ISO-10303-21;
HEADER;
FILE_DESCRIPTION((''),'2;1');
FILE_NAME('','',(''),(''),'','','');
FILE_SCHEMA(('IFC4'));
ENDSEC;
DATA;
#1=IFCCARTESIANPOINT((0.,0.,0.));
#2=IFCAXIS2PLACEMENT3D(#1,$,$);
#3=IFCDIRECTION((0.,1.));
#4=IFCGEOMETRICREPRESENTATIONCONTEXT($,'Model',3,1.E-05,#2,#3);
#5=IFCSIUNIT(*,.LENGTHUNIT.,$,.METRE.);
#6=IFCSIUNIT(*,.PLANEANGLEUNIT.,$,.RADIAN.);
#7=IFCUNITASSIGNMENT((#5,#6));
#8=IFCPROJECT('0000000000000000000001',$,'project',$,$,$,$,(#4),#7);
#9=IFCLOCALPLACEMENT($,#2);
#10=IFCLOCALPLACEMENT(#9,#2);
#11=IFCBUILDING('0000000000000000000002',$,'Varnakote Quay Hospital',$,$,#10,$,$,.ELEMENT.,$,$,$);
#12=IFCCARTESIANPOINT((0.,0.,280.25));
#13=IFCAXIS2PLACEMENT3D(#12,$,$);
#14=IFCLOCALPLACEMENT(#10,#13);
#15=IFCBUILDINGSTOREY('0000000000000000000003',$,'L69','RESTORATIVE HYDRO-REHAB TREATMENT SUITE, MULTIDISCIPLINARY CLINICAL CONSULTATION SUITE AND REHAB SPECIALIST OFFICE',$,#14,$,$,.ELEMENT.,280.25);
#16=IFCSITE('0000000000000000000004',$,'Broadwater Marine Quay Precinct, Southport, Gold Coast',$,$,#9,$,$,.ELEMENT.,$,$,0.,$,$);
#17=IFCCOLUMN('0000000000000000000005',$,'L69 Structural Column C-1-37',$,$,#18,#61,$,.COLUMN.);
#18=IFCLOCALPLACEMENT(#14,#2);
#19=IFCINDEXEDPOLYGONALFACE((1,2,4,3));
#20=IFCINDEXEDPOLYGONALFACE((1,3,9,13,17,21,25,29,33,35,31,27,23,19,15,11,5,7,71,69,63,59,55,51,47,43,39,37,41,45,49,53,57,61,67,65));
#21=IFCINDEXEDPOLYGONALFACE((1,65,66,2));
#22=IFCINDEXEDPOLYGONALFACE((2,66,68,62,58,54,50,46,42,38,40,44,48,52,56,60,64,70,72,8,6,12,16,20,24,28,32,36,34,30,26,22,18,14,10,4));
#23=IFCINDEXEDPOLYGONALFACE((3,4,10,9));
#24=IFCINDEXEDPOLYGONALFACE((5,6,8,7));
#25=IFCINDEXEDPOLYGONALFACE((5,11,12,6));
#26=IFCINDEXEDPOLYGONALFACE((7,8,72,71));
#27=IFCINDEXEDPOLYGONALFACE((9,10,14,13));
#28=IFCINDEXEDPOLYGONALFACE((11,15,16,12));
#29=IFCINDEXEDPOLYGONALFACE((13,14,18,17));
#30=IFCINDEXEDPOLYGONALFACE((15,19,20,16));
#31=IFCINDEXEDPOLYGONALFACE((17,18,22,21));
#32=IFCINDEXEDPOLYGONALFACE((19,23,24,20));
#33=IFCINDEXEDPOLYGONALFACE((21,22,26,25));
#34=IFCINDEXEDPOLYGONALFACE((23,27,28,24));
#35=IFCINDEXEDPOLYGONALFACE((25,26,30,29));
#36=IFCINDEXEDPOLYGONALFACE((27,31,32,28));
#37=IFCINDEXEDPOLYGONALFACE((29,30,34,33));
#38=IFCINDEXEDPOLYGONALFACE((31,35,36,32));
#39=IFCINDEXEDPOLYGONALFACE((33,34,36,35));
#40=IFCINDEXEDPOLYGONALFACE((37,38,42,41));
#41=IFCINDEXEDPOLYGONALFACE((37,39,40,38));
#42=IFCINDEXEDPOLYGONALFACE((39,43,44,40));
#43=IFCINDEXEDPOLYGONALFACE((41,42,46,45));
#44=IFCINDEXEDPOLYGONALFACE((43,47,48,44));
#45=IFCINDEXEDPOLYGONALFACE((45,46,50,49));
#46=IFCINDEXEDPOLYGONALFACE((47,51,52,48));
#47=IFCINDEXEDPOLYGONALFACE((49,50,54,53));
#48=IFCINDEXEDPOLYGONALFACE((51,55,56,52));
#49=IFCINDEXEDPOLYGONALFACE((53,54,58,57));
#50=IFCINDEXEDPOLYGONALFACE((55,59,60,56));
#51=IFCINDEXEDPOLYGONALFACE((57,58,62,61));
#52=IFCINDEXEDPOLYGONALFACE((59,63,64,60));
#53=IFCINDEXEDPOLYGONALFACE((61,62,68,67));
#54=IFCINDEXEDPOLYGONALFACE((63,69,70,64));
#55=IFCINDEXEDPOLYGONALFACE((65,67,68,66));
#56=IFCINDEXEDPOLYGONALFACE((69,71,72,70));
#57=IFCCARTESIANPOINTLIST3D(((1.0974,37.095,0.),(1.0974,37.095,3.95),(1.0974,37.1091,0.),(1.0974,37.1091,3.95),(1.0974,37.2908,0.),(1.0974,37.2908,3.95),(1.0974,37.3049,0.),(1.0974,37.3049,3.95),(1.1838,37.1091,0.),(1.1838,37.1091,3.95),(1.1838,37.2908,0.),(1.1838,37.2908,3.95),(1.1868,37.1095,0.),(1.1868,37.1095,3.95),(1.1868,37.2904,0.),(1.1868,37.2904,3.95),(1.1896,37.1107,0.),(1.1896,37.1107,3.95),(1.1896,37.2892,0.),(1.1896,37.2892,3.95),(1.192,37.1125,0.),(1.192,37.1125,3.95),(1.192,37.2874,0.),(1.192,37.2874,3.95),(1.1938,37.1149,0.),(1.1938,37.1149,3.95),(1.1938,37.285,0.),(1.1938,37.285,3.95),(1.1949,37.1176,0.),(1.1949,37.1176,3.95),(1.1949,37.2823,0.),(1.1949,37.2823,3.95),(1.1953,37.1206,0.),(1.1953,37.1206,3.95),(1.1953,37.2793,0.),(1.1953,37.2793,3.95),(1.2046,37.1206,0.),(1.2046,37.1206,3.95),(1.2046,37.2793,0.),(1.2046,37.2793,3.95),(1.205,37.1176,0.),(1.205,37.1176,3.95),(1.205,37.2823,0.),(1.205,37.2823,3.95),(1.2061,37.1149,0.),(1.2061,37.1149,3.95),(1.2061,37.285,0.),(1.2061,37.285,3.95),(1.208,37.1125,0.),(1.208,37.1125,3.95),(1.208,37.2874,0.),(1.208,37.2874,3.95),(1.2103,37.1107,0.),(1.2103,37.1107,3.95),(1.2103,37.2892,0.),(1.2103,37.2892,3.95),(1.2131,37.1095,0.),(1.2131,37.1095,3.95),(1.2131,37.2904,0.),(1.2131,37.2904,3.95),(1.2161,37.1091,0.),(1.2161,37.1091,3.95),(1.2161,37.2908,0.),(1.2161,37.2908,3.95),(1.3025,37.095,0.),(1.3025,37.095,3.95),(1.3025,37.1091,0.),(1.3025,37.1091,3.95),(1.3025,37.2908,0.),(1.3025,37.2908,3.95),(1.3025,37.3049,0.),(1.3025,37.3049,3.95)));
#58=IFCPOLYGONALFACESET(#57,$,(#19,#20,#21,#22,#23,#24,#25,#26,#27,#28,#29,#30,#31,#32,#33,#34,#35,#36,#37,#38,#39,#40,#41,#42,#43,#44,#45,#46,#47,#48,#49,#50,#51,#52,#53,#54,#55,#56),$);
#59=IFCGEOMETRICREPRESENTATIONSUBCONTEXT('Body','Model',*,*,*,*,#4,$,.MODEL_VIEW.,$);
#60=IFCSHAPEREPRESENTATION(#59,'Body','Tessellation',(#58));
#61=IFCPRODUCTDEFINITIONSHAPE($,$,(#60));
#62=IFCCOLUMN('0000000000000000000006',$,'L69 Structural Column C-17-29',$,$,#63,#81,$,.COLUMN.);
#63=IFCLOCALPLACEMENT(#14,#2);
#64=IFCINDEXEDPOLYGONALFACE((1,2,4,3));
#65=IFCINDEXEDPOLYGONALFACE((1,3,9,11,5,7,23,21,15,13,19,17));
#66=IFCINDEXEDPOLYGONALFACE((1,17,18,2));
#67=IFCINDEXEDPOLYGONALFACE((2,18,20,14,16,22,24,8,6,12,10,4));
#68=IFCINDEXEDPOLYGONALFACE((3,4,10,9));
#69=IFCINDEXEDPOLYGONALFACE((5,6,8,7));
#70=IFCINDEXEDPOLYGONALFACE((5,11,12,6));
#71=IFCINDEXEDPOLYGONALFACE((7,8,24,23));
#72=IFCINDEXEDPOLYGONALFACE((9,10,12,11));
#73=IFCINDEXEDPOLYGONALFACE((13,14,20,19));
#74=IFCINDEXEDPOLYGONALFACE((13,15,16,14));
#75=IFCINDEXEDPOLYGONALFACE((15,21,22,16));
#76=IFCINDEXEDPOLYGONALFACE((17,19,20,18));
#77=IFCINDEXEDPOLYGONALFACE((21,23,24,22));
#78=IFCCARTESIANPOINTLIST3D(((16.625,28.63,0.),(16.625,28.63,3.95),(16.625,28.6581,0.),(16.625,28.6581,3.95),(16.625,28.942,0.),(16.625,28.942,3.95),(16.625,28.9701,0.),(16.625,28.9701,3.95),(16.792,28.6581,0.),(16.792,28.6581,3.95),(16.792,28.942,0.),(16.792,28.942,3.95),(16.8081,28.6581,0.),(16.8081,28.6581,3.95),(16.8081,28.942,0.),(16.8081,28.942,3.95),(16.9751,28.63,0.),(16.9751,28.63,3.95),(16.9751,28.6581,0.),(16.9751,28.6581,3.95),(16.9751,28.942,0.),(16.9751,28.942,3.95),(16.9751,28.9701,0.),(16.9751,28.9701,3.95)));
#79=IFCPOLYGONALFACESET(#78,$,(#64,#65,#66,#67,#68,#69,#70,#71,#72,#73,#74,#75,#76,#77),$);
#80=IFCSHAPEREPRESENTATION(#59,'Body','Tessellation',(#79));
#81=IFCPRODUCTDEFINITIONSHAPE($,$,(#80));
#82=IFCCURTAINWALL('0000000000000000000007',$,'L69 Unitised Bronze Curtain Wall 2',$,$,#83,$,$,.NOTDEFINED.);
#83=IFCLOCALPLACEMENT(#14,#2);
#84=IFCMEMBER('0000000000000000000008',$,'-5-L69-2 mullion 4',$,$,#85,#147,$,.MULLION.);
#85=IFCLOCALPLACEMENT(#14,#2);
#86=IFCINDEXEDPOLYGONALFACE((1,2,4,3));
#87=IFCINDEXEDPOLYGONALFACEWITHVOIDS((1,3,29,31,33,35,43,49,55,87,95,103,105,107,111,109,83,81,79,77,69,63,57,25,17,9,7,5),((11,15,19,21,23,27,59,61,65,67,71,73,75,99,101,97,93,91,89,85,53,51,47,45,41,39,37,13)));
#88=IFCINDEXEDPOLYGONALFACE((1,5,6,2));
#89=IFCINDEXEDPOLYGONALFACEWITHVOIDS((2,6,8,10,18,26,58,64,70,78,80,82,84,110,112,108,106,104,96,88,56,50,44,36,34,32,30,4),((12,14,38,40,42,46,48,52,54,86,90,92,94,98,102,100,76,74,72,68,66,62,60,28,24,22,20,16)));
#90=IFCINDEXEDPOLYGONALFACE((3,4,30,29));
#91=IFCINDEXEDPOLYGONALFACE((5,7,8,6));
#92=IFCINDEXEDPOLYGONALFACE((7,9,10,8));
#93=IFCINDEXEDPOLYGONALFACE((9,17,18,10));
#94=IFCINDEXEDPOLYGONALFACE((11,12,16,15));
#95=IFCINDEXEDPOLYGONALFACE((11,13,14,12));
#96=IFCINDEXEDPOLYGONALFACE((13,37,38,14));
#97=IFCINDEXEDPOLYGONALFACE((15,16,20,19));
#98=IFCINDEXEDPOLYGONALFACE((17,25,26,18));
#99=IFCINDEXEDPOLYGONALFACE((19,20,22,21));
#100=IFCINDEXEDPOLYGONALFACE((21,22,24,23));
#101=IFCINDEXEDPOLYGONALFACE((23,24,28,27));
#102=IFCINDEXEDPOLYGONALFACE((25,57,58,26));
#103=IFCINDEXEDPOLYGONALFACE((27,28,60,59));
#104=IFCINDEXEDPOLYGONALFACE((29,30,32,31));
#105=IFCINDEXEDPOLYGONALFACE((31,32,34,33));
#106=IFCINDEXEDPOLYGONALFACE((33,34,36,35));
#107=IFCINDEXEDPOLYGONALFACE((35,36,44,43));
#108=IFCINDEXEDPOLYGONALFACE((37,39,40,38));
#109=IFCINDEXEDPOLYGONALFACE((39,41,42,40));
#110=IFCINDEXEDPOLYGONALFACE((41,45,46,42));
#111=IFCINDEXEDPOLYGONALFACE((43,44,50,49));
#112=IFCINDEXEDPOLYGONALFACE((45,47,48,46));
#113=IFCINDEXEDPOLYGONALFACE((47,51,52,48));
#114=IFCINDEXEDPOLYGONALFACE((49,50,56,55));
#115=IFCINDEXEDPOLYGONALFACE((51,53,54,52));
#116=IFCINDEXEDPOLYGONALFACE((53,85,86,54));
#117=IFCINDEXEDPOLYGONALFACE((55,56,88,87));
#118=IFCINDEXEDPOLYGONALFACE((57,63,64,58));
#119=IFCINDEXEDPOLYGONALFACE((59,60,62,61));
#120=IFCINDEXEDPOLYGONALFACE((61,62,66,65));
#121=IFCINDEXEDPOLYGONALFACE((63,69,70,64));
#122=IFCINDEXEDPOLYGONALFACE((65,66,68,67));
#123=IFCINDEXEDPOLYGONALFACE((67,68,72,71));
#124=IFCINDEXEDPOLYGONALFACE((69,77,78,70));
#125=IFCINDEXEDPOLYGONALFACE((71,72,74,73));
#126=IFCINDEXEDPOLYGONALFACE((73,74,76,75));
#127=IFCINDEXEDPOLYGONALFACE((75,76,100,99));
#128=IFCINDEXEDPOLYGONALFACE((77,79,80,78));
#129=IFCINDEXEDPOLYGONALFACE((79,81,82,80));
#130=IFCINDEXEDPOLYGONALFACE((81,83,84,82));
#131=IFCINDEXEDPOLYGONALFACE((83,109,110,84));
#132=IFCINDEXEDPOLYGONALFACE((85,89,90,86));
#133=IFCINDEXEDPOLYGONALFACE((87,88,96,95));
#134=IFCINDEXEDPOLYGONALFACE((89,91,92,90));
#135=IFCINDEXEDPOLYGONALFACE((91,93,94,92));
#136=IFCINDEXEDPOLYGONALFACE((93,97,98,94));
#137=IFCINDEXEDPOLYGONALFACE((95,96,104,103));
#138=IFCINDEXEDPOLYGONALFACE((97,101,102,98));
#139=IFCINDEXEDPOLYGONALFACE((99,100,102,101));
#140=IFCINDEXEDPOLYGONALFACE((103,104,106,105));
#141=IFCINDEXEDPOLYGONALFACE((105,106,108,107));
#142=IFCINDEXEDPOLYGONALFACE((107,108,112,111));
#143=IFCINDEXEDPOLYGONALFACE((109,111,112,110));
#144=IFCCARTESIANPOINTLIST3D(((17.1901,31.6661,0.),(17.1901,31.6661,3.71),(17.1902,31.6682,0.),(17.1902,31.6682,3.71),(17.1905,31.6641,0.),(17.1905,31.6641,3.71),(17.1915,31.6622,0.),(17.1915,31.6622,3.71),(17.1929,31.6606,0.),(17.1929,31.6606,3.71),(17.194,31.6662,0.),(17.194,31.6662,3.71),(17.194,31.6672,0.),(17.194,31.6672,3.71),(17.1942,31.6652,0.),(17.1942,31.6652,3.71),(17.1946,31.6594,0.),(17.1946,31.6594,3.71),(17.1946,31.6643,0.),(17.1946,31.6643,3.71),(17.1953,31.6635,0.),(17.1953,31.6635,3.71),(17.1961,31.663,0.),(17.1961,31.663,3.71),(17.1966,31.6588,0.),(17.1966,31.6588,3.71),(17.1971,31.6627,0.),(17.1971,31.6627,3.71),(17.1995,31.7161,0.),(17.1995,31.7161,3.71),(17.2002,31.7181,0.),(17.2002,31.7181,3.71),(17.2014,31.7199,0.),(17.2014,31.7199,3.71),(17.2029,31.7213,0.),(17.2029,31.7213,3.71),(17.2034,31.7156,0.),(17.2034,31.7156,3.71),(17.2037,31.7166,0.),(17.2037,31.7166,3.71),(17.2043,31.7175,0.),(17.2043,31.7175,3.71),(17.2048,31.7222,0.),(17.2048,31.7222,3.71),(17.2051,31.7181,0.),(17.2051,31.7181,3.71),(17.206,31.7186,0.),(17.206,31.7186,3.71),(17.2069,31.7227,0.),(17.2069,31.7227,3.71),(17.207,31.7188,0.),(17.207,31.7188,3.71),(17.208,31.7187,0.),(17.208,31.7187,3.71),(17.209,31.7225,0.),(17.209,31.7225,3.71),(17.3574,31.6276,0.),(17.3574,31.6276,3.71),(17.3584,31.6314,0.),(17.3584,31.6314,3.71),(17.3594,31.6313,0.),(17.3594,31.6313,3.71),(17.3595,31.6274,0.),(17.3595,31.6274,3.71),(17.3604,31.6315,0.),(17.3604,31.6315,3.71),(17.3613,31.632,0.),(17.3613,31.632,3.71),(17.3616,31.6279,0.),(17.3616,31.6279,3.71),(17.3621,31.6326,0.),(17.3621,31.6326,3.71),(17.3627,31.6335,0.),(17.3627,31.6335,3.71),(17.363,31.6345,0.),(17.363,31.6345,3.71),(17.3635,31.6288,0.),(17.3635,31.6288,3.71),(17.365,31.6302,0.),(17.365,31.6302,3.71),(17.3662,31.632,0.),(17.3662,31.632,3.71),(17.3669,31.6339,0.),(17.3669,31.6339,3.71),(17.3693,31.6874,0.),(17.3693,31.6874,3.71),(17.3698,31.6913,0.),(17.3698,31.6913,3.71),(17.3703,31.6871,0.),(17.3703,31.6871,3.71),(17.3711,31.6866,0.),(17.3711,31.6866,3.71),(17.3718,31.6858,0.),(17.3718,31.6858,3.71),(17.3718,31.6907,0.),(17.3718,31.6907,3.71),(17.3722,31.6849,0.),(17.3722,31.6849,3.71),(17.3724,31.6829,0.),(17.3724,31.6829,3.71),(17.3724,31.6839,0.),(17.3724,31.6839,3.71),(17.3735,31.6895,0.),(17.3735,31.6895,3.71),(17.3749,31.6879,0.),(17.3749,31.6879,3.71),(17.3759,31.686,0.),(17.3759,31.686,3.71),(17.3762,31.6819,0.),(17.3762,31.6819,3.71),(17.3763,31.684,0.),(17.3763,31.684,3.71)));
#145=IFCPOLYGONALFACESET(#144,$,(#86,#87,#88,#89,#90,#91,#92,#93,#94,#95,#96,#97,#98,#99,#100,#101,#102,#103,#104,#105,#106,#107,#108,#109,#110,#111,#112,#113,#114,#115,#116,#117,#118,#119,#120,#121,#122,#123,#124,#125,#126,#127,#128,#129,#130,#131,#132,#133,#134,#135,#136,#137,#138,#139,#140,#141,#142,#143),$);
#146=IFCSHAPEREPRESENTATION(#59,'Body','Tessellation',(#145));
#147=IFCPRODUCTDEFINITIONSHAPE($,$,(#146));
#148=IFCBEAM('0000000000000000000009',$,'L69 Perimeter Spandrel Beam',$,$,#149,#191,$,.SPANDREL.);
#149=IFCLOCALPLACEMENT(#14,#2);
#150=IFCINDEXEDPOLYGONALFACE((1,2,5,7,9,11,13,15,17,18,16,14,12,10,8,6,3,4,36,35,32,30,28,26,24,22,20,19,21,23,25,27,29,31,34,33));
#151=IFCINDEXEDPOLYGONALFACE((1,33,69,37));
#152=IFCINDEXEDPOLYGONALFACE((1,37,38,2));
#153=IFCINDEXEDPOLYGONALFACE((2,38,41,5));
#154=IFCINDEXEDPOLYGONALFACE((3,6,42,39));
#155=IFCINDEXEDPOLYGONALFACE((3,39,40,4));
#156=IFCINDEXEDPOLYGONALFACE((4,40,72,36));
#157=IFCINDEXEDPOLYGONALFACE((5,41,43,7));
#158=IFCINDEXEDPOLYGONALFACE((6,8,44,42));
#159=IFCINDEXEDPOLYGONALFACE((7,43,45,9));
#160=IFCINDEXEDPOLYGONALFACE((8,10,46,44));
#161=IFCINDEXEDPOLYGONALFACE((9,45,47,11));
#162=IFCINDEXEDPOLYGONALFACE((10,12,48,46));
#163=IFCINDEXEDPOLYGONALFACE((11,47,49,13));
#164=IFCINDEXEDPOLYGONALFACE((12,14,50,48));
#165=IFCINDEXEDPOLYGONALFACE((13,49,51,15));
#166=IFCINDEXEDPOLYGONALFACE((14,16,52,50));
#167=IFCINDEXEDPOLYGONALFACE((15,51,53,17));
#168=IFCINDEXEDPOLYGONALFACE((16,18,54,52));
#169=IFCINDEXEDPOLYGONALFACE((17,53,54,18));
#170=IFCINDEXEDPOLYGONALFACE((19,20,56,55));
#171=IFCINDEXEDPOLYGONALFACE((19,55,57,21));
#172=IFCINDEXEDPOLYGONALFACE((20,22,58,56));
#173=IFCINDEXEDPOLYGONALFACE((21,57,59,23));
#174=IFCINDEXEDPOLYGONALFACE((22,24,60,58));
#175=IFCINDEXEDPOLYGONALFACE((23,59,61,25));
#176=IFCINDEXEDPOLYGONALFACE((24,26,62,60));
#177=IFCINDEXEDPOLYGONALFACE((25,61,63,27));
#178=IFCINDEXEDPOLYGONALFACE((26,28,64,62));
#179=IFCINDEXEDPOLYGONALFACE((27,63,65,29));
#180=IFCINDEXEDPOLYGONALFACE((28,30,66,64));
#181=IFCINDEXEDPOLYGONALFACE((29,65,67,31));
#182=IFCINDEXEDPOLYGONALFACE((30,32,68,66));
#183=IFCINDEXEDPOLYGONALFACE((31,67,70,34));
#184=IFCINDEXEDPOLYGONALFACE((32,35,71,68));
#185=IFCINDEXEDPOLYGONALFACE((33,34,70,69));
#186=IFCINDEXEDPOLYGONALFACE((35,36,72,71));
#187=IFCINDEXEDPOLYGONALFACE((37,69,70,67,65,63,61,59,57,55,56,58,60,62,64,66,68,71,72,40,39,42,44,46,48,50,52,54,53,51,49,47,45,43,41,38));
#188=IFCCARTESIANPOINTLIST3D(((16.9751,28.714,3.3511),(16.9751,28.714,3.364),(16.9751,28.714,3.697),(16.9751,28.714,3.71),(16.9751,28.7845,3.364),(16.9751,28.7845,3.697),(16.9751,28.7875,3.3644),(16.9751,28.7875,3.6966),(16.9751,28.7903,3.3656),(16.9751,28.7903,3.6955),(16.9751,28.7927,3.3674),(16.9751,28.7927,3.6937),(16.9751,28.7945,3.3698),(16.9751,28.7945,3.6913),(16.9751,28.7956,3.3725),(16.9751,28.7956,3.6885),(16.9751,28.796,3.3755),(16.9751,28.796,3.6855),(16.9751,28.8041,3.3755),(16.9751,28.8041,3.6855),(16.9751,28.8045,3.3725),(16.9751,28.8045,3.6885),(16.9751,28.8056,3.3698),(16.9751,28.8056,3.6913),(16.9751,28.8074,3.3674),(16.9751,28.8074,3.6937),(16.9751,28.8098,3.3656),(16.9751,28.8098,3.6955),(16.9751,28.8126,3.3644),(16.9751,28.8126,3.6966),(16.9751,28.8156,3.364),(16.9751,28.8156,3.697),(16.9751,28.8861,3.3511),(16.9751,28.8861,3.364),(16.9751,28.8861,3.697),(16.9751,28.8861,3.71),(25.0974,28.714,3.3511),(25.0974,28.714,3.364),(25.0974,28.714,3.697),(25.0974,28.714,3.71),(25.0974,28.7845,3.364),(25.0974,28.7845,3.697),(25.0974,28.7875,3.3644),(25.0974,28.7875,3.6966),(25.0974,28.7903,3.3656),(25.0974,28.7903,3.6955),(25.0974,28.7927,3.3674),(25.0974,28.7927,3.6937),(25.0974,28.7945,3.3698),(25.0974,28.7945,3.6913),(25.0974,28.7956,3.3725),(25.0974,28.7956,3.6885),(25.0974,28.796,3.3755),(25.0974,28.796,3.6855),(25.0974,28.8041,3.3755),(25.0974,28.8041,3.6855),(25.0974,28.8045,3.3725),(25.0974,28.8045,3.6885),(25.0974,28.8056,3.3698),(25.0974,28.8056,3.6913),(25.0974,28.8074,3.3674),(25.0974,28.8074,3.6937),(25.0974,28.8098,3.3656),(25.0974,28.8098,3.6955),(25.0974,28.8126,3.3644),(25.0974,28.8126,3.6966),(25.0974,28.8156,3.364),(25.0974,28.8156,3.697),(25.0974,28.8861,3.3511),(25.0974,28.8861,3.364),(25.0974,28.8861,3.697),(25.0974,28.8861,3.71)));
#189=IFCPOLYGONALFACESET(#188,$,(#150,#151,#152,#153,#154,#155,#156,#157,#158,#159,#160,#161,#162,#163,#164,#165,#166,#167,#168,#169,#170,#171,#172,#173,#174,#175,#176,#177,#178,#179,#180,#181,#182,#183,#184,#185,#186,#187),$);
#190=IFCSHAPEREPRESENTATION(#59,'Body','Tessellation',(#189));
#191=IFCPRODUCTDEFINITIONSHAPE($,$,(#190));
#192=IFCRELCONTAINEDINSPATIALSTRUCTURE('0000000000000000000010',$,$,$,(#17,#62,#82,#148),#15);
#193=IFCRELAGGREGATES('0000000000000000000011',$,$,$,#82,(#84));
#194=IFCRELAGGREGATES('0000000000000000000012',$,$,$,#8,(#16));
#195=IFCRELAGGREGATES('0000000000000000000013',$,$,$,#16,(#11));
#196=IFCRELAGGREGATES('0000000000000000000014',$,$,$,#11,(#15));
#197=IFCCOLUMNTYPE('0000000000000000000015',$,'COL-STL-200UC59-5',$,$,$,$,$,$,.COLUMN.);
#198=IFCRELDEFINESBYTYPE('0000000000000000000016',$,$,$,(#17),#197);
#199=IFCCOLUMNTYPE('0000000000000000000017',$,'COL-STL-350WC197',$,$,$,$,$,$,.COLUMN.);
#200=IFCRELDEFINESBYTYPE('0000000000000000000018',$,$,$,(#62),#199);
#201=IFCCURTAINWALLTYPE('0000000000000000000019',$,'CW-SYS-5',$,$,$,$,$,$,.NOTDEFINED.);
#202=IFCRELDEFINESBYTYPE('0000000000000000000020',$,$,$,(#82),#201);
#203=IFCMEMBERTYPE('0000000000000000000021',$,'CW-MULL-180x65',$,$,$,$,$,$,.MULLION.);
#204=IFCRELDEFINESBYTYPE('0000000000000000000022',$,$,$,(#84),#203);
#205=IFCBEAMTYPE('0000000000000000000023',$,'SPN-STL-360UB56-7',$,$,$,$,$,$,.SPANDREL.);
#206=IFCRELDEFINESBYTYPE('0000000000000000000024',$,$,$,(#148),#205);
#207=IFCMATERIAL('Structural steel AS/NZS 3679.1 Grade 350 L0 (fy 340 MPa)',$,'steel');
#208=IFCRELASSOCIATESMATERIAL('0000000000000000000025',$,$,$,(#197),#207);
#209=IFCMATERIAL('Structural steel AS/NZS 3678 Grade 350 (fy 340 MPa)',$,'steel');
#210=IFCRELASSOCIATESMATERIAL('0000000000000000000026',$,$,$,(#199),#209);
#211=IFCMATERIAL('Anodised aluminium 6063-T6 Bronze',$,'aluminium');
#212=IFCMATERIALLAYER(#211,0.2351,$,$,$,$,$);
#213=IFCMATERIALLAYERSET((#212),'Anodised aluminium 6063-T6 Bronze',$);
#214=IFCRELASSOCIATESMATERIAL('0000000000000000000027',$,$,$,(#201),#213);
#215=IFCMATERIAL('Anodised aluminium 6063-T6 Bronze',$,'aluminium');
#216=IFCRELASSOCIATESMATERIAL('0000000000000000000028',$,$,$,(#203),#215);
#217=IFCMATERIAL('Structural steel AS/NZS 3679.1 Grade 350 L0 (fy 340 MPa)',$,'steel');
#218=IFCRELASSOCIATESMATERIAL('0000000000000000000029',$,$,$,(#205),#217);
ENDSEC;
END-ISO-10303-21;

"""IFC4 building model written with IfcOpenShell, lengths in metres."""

from ifc_helpers import new_model, si_unit, direction, frame, origin, origin_2d, place, context, subcontext, project, spatial, hollow_rectangle, i_section, extrude, material, layer, layer_set, material_profile, profile_set, type_object, element, aggregate, save


model = new_model("IFC4")

# Units and contexts
model_context = context("Model", 3, precision=1e-05, world=origin(), true_north=direction((0.0, 1.0)))
body_context = subcontext(model_context, "Body", "Model", "MODEL_VIEW")
ifc_project = project(units=[si_unit("LENGTHUNIT", "METRE"), si_unit("PLANEANGLEUNIT", "RADIAN")], contexts=[model_context])

# Site, building, storey
site_placement = place(None, origin())
site = spatial("IfcSite", under=ifc_project, at=site_placement, Name="Broadwater Marine Quay Precinct, Southport, Gold Coast", CompositionType="ELEMENT", RefElevation=0.0)
building_placement = place(site_placement, origin())
building = spatial("IfcBuilding", under=site, at=building_placement, Name="Varnakote Quay Hospital", CompositionType="ELEMENT")
storey_placement = place(building_placement, frame((0.0, 0.0, 280.25)))
storey = spatial("IfcBuildingStorey", under=building, at=storey_placement, Name="L69", Description="RESTORATIVE HYDRO-REHAB TREATMENT SUITE, MULTIDISCIPLINARY CLINICAL CONSULTATION SUITE AND REHAB SPECIALIST OFFICE", CompositionType="ELEMENT", Elevation=280.25)

# Columns
ifc_material_1 = material(Name="Structural steel AS/NZS 3679.1 Grade 350 L0 (fy 340 MPa)", Category="steel")
ifc_material_profile_1 = material_profile(ifc_material_1, i_section(OverallWidth=0.2051, OverallDepth=0.21, WebThickness=0.0093, FlangeThickness=0.0142, FilletRadius=0.0115, at=origin_2d()), Name="200UC59.5")
ifc_profile_set_1 = profile_set([ifc_material_profile_1], Name="Structural steel AS/NZS 3679.1 Grade 350 L0 (fy 340 MPa)")
column_type_1 = type_object("IfcColumnType", Name="COL-STL-200UC59-5", PredefinedType="COLUMN", material=ifc_profile_set_1)
column_1_placement = place(storey_placement, frame((1.2, 37.2, 0.0), z_axis=(0.0, 0.0, 1.0), x_axis=(1.0, 0.0, 0.0)))
element("IfcColumn", 1, at=column_1_placement, inside=storey, type_object=column_type_1, Name="L69 Structural Column C-1-37", PredefinedType="COLUMN", context=body_context, shape_type="SweptSolid", body=[
    extrude(i_section(OverallWidth=0.2051, OverallDepth=0.21, WebThickness=0.0093, FlangeThickness=0.0142, FilletRadius=0.0115, at=origin_2d()), origin(), (0.0, 0.0, 1.0), 3.95),
])
ifc_material_2 = material(Name="Structural steel AS/NZS 3678 Grade 350 (fy 340 MPa)", Category="steel")
ifc_material_profile_2 = material_profile(ifc_material_2, i_section(OverallWidth=0.3501, OverallDepth=0.3401, WebThickness=0.0161, FlangeThickness=0.0281, at=origin_2d()), Name="350WC197")
ifc_profile_set_2 = profile_set([ifc_material_profile_2], Name="Structural steel AS/NZS 3678 Grade 350 (fy 340 MPa)")
column_type_2 = type_object("IfcColumnType", Name="COL-STL-350WC197", PredefinedType="COLUMN", material=ifc_profile_set_2)
column_2_placement = place(storey_placement, frame((16.8, 28.8, 0.0), z_axis=(0.0, 0.0, 1.0), x_axis=(1.0, 0.0, 0.0)))
element("IfcColumn", 2, at=column_2_placement, inside=storey, type_object=column_type_2, Name="L69 Structural Column C-17-29", PredefinedType="COLUMN", context=body_context, shape_type="SweptSolid", body=[
    extrude(i_section(OverallWidth=0.3501, OverallDepth=0.3401, WebThickness=0.0161, FlangeThickness=0.0281, at=origin_2d()), origin(), (0.0, 0.0, 1.0), 3.95),
])

# Curtain wall, member
ifc_material_3 = material(Name="Anodised aluminium 6063-T6 Bronze", Category="aluminium")
ifc_layer_1 = layer(ifc_material_3, 0.2351)
ifc_layer_set_1 = layer_set([ifc_layer_1], Name="Anodised aluminium 6063-T6 Bronze")
curtain_wall_type = type_object("IfcCurtainWallType", Name="CW-SYS-5", PredefinedType="NOTDEFINED", material=ifc_layer_set_1)
curtain_wall_placement = place(storey_placement, origin())
curtain_wall = element("IfcCurtainWall", 3, at=curtain_wall_placement, inside=storey, type_object=curtain_wall_type, Name="L69 Unitised Bronze Curtain Wall 2", PredefinedType="NOTDEFINED")
ifc_material_4 = material(Name="Anodised aluminium 6063-T6 Bronze", Category="aluminium")
ifc_material_profile_3 = material_profile(ifc_material_4, hollow_rectangle(XDim=0.0649, YDim=0.1799, WallThickness=0.0039, InnerFilletRadius=0.0039, OuterFilletRadius=0.0081, at=origin_2d()), Name="CW-MULL-180x65")
ifc_profile_set_3 = profile_set([ifc_material_profile_3], Name="Anodised aluminium 6063-T6 Bronze")
member_type = type_object("IfcMemberType", Name="CW-MULL-180x65", PredefinedType="MULLION", material=ifc_profile_set_3)
member_placement = place(storey_placement, frame((17.2832, 31.675, 0.0), z_axis=(0.0, 0.0, 1.0), x_axis=(-0.190434, -0.9817, 0.0)))
member = element("IfcMember", 4, at=member_placement, type_object=member_type, Name="-5-L69-2 mullion 4", PredefinedType="MULLION", context=body_context, shape_type="SweptSolid", body=[
    extrude(hollow_rectangle(XDim=0.0649, YDim=0.1799, WallThickness=0.0039, InnerFilletRadius=0.0039, OuterFilletRadius=0.0081, at=origin_2d()), origin(), (0.0, 0.0, 1.0), 3.71),
])

# Beam
ifc_material_5 = material(Name="Structural steel AS/NZS 3679.1 Grade 350 L0 (fy 340 MPa)", Category="steel")
ifc_material_profile_4 = material_profile(ifc_material_5, i_section(OverallWidth=0.1721, OverallDepth=0.3589, WebThickness=0.0081, FlangeThickness=0.0129, FilletRadius=0.0115, at=origin_2d()), Name="360UB56.7")
ifc_profile_set_4 = profile_set([ifc_material_profile_4], Name="Structural steel AS/NZS 3679.1 Grade 350 L0 (fy 340 MPa)")
beam_type_1 = type_object("IfcBeamType", Name="SPN-STL-360UB56-7", PredefinedType="SPANDREL", material=ifc_profile_set_4)
beam_1_placement = place(storey_placement, frame((16.9751, 28.8, 3.5305), z_axis=(1.0, 0.0, 0.0), x_axis=(0.0, 1.0, 0.0)))
element("IfcBeam", 5, at=beam_1_placement, inside=storey, type_object=beam_type_1, Name="L69 Perimeter Spandrel Beam", PredefinedType="SPANDREL", context=body_context, shape_type="SweptSolid", body=[
    extrude(i_section(OverallWidth=0.1721, OverallDepth=0.3589, WebThickness=0.0081, FlangeThickness=0.0129, FilletRadius=0.0115, at=origin_2d()), origin(), (0.0, 0.0, 1.0), 8.1223),
])

aggregate(curtain_wall, [member])

save(model, "model.ifc")
